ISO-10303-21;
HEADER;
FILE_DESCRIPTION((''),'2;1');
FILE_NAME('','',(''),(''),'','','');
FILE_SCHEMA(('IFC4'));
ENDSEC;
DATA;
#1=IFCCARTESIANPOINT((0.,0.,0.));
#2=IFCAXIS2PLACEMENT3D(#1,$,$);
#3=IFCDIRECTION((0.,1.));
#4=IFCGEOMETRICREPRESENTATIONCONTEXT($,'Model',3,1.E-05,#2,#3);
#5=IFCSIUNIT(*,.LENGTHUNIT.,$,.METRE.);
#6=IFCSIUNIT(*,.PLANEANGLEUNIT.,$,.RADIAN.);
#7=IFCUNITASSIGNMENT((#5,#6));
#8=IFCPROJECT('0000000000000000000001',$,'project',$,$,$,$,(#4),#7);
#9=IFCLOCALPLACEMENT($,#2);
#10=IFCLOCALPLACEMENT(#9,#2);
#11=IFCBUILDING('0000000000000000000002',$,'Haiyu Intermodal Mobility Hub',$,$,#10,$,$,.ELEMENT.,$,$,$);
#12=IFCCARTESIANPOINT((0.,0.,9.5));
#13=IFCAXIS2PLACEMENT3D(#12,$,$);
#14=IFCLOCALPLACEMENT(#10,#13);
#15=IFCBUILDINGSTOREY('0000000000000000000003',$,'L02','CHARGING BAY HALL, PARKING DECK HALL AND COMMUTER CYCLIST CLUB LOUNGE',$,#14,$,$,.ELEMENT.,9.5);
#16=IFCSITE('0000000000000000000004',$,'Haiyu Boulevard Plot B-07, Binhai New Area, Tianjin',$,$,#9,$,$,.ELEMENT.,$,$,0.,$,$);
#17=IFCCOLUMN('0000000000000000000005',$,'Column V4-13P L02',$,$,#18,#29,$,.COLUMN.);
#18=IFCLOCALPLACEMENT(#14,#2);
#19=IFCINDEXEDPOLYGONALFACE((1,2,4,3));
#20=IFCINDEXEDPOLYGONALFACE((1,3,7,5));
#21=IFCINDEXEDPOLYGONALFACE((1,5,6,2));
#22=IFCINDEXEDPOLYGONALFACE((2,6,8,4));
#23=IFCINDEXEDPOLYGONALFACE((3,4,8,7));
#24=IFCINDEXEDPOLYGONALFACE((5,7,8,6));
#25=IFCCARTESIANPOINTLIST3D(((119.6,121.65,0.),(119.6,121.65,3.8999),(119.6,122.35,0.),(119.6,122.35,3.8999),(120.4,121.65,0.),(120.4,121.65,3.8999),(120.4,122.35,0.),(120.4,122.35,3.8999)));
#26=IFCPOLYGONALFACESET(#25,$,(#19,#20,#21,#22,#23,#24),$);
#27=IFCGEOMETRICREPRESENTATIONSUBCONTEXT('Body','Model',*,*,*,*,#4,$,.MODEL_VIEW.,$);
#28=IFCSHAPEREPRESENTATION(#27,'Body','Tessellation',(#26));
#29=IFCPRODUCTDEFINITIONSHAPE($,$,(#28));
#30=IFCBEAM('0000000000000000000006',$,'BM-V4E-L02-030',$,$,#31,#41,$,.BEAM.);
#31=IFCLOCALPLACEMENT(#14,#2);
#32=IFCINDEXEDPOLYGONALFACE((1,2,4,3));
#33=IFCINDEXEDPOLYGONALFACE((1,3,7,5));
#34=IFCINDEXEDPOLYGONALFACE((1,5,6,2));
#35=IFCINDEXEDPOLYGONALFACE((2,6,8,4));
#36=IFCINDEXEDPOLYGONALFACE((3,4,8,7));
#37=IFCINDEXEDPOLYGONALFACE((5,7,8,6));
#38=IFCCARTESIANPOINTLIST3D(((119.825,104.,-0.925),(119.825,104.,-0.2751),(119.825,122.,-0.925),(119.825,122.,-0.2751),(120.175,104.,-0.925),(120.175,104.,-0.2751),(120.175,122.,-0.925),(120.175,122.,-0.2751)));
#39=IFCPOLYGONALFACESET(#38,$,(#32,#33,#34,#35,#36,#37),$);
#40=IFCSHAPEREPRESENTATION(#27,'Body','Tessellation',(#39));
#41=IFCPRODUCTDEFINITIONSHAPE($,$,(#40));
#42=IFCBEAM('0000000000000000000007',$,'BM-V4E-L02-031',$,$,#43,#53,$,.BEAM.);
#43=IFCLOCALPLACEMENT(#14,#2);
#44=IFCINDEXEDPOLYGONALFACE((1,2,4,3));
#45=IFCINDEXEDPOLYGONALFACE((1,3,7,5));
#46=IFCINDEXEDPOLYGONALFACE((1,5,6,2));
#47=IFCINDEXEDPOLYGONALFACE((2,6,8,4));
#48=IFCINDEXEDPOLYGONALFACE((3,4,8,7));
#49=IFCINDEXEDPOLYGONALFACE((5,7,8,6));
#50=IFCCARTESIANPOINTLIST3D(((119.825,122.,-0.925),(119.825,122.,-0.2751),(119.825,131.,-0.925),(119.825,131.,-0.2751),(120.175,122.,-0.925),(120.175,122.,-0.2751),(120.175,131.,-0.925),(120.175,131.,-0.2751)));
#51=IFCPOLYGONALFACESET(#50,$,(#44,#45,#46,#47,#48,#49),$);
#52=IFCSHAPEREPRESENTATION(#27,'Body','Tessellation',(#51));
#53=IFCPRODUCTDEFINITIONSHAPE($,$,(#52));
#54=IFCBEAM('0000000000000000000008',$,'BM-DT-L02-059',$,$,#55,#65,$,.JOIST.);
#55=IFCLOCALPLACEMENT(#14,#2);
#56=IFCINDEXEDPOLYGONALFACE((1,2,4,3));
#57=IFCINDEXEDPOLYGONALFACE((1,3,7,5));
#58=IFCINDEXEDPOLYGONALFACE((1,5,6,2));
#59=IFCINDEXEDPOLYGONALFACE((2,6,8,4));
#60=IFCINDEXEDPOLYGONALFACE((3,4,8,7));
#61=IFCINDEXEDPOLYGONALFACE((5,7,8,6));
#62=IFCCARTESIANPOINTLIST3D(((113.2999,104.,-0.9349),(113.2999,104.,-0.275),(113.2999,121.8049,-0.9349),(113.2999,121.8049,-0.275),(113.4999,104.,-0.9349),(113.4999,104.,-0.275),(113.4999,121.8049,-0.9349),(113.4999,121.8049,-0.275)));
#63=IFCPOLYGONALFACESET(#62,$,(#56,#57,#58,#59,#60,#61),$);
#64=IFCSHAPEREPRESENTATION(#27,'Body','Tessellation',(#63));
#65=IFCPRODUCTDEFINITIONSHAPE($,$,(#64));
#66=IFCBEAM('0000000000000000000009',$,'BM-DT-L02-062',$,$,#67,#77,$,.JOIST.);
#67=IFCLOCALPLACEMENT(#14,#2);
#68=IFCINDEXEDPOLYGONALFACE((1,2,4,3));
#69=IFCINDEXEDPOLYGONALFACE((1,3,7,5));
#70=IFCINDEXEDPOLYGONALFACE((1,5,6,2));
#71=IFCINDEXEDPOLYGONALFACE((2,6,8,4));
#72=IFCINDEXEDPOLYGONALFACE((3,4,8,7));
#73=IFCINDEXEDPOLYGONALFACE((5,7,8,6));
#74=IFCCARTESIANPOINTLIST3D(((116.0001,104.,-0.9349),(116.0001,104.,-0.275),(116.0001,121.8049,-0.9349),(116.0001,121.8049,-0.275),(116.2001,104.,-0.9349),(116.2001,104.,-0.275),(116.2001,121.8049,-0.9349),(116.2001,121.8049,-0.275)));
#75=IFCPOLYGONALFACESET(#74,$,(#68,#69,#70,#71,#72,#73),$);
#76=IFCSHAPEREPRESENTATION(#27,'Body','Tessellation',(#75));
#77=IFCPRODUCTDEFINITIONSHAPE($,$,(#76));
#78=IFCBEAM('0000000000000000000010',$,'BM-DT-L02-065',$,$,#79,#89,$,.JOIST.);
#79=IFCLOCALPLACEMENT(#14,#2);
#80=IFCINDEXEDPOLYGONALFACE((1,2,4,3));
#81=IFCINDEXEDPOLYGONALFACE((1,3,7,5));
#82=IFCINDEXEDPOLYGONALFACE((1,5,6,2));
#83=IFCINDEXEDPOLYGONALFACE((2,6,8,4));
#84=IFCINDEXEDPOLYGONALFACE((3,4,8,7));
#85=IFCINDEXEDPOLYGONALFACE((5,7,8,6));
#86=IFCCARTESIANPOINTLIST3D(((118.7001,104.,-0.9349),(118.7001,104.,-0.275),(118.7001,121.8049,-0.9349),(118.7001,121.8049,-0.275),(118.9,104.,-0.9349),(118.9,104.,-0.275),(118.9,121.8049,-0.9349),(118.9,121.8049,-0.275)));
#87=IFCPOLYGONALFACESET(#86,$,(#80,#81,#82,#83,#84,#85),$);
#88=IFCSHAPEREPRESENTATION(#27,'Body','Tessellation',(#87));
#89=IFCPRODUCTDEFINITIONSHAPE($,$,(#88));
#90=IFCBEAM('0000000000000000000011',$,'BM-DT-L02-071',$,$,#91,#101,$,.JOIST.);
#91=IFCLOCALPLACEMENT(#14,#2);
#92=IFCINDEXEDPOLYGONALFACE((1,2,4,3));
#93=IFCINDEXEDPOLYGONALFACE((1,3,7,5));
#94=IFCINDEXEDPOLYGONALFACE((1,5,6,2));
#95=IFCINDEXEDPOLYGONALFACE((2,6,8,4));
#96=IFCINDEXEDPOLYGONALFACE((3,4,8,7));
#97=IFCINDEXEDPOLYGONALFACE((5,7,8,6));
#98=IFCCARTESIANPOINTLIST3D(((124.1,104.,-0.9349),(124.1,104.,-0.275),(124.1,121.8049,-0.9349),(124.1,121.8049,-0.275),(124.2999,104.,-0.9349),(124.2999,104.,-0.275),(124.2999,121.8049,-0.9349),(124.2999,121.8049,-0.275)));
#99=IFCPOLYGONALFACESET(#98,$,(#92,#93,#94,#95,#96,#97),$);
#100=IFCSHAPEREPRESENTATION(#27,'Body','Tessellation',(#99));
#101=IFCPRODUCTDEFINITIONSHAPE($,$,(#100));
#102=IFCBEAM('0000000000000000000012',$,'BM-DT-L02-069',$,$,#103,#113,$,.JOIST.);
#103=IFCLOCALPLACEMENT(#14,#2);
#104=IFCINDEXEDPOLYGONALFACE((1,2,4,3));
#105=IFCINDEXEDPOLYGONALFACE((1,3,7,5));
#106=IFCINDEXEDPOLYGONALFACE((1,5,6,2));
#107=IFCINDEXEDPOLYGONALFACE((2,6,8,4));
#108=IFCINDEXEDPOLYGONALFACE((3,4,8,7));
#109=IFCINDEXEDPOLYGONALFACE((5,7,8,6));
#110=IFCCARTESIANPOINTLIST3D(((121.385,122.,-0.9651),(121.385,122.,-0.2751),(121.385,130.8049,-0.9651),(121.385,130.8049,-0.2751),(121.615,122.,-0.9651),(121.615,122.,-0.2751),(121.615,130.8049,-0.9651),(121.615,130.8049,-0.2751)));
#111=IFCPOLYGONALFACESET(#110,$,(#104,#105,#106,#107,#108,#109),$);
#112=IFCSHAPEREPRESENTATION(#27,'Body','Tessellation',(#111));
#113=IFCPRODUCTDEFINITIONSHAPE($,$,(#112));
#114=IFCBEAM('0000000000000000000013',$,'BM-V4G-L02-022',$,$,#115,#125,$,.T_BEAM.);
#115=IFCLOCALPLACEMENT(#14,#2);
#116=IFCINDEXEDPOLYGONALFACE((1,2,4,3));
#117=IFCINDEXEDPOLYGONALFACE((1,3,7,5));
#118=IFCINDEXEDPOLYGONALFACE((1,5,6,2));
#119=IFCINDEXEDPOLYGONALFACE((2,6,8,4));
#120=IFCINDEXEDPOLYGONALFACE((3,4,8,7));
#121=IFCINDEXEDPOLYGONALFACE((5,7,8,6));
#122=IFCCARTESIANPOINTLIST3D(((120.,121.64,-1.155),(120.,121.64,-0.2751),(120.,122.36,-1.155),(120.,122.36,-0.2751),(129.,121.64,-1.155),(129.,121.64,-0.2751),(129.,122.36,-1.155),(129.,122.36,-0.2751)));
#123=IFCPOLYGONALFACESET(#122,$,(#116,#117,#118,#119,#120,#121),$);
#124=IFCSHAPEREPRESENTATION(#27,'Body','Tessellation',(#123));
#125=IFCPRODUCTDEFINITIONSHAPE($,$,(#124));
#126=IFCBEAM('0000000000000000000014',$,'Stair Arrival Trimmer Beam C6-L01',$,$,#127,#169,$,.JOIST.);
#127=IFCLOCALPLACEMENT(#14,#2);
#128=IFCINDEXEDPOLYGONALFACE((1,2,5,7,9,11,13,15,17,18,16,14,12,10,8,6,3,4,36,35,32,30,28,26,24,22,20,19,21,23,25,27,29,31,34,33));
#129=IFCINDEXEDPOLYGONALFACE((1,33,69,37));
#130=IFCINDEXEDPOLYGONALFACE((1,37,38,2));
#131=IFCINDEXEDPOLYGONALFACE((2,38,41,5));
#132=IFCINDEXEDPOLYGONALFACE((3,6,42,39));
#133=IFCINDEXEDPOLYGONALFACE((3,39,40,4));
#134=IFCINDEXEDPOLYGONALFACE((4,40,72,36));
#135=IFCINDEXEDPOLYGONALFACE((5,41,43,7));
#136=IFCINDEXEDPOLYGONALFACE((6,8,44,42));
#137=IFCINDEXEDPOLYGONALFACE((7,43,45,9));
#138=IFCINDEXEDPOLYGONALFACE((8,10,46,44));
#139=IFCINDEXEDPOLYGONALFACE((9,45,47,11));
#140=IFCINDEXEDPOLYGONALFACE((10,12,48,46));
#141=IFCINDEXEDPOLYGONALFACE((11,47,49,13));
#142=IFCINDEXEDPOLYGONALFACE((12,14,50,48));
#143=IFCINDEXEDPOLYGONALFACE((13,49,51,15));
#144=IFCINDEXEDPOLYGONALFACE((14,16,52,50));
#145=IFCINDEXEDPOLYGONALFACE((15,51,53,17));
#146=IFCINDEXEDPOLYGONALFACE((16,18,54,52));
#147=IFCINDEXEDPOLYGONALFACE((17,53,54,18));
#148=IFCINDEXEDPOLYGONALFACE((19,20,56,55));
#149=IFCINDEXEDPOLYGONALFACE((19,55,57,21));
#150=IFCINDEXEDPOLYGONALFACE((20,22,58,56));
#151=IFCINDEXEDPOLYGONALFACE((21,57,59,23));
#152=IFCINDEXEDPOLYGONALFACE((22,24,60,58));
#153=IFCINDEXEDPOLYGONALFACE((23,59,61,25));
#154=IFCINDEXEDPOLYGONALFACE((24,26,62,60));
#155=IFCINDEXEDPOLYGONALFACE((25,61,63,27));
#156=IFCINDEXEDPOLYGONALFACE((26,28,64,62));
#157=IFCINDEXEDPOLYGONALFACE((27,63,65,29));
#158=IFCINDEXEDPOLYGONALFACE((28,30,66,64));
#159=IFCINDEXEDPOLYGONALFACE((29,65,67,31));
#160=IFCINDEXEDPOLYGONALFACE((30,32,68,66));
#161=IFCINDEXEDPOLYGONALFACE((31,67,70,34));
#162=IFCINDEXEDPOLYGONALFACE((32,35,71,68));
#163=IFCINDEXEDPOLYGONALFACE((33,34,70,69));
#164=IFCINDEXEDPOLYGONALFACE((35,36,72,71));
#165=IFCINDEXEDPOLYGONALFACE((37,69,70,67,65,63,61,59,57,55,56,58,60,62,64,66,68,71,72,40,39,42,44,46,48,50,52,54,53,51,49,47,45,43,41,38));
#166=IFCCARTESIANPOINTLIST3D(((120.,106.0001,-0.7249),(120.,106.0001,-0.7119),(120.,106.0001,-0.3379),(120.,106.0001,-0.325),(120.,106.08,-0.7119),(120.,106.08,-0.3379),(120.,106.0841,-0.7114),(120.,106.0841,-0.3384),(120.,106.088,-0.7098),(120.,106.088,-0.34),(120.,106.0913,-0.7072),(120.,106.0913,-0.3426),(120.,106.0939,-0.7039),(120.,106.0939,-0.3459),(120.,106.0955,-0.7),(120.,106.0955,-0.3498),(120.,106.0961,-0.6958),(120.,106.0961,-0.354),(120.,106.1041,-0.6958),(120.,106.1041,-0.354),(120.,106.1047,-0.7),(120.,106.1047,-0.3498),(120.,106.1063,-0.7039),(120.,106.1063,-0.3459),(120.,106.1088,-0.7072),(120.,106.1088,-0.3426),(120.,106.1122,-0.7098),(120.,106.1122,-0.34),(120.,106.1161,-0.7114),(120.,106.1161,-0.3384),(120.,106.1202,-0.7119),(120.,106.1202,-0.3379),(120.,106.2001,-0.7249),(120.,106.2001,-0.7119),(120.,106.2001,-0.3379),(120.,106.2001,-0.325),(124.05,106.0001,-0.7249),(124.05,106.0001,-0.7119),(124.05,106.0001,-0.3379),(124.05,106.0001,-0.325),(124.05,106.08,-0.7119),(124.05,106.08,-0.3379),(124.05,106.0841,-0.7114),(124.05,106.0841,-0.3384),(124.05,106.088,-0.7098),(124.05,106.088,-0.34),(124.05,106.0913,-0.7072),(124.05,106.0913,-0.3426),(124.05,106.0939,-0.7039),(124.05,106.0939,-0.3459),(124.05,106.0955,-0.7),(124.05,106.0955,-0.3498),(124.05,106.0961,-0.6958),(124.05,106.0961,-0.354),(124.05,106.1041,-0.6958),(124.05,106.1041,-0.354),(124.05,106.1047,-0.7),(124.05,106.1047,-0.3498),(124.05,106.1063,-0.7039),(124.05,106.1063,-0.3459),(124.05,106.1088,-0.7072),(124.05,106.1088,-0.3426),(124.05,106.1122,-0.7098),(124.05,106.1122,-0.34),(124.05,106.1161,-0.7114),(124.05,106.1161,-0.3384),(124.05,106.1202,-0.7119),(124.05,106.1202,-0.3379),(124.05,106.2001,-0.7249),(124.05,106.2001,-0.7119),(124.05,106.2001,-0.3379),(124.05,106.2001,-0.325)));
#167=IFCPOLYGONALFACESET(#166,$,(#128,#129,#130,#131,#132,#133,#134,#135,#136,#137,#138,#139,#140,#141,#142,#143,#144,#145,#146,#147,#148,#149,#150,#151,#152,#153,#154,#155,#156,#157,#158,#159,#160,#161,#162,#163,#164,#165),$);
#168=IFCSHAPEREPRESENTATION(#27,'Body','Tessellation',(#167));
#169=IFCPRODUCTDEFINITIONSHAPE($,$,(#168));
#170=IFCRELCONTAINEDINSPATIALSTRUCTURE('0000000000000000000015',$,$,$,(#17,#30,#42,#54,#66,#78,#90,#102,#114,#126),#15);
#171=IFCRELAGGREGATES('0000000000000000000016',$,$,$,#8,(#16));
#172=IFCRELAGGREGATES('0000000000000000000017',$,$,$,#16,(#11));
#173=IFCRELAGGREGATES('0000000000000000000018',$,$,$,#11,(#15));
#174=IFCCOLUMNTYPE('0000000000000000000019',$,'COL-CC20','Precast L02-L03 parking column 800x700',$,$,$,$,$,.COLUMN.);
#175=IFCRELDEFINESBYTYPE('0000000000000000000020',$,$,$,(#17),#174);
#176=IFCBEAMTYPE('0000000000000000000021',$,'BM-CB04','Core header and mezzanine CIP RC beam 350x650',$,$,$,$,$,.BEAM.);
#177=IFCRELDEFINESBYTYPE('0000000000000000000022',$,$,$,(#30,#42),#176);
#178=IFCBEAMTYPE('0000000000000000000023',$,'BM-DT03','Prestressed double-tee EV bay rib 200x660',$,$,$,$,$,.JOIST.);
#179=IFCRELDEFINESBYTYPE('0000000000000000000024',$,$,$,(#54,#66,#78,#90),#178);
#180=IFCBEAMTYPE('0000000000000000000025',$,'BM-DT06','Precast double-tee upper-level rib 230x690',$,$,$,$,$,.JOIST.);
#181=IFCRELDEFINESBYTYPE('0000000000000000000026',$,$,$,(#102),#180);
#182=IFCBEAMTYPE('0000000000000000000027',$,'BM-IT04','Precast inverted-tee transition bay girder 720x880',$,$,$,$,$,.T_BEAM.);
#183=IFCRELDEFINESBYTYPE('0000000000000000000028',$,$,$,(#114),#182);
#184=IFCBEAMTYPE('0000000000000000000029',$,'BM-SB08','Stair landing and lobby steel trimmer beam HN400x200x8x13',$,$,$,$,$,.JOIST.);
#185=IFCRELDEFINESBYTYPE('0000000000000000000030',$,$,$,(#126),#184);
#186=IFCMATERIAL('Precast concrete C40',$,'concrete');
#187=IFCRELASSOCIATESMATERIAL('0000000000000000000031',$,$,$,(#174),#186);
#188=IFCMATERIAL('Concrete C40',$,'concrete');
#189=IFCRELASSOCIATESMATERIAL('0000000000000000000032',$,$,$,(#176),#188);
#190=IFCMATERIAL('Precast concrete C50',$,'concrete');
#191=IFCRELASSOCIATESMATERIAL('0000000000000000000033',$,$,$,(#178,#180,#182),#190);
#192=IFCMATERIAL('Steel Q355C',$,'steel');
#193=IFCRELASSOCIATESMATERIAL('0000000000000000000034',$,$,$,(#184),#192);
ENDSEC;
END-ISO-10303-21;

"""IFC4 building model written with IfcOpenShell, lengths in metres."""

from ifc_helpers import new_model, si_unit, direction, frame, origin, origin_2d, place, context, subcontext, project, spatial, rectangle, i_section, extrude, material, material_profile, profile_set, type_object, element, save


model = new_model("IFC4")

# Units and contexts
model_context = context("Model", 3, precision=1e-05, world=origin(), true_north=direction((0.0, 1.0)))
body_context = subcontext(model_context, "Body", "Model", "MODEL_VIEW")
ifc_project = project(units=[si_unit("LENGTHUNIT", "METRE"), si_unit("PLANEANGLEUNIT", "RADIAN")], contexts=[model_context])

# Site, building, storey
site_placement = place(None, origin())
site = spatial("IfcSite", under=ifc_project, at=site_placement, Name="Haiyu Boulevard Plot B-07, Binhai New Area, Tianjin", CompositionType="ELEMENT", RefElevation=0.0)
building_placement = place(site_placement, origin())
building = spatial("IfcBuilding", under=site, at=building_placement, Name="Haiyu Intermodal Mobility Hub", CompositionType="ELEMENT")
storey_placement = place(building_placement, frame((0.0, 0.0, 9.5)))
storey = spatial("IfcBuildingStorey", under=building, at=storey_placement, Name="L02", Description="CHARGING BAY HALL, PARKING DECK HALL AND COMMUTER CYCLIST CLUB LOUNGE", CompositionType="ELEMENT", Elevation=9.5)

# Column
ifc_material_1 = material(Name="Precast concrete C40", Category="concrete")
ifc_material_profile_1 = material_profile(ifc_material_1, rectangle(XDim=0.8, YDim=0.7, at=origin_2d()), Name="C800x700")
ifc_profile_set_1 = profile_set([ifc_material_profile_1], Name="Precast concrete C40")
column_type = type_object("IfcColumnType", Name="COL-CC20", Description="Precast L02-L03 parking column 800x700", PredefinedType="COLUMN", material=ifc_profile_set_1)
column_placement = place(storey_placement, frame((120.0, 122.0, 0.0), z_axis=(0.0, 0.0, 1.0), x_axis=(1.0, 0.0, 0.0)))
element("IfcColumn", 1, at=column_placement, inside=storey, type_object=column_type, Name="Column V4-13P L02", PredefinedType="COLUMN", context=body_context, shape_type="SweptSolid", body=[
    extrude(rectangle(XDim=0.8, YDim=0.7, at=origin_2d()), origin(), (0.0, 0.0, 1.0), 3.8999),
])

# Beams
ifc_material_2 = material(Name="Concrete C40", Category="concrete")
ifc_material_profile_2 = material_profile(ifc_material_2, rectangle(XDim=0.3501, YDim=0.6499, at=origin_2d()), Name="RCB350x650")
ifc_profile_set_2 = profile_set([ifc_material_profile_2], Name="Concrete C40")
beam_type_1 = type_object("IfcBeamType", Name="BM-CB04", Description="Core header and mezzanine CIP RC beam 350x650", PredefinedType="BEAM", material=ifc_profile_set_2)
beam_1_placement = place(storey_placement, frame((120.0, 104.0, -0.6001), z_axis=(0.0, 1.0, 0.0), x_axis=(-1.0, 0.0, 0.0)))
element("IfcBeam", 2, at=beam_1_placement, inside=storey, type_object=beam_type_1, Name="BM-V4E-L02-030", PredefinedType="BEAM", context=body_context, shape_type="SweptSolid", body=[
    extrude(rectangle(XDim=0.3501, YDim=0.6499, at=origin_2d()), origin(), (0.0, 0.0, 1.0), 18.0),
])
beam_2_placement = place(storey_placement, frame((120.0, 122.0, -0.6001), z_axis=(0.0, 1.0, 0.0), x_axis=(-1.0, 0.0, 0.0)))
element("IfcBeam", 3, at=beam_2_placement, inside=storey, type_object=beam_type_1, Name="BM-V4E-L02-031", PredefinedType="BEAM", context=body_context, shape_type="SweptSolid", body=[
    extrude(rectangle(XDim=0.3501, YDim=0.6499, at=origin_2d()), origin(), (0.0, 0.0, 1.0), 9.0),
])
ifc_material_3 = material(Name="Precast concrete C50", Category="concrete")
ifc_material_profile_3 = material_profile(ifc_material_3, rectangle(XDim=0.2, YDim=0.6599, at=origin_2d()), Name="PC200x660")
ifc_profile_set_3 = profile_set([ifc_material_profile_3], Name="Precast concrete C50")
beam_type_2 = type_object("IfcBeamType", Name="BM-DT03", Description="Prestressed double-tee EV bay rib 200x660", PredefinedType="JOIST", material=ifc_profile_set_3)
for number, where, z_axis, x_axis, name in (
    (4, (113.3999, 104.0, -0.605), (0.0, 1.0, 0.0), (-1.0, 0.0, 0.0), "BM-DT-L02-059"),
    (5, (116.1001, 104.0, -0.605), (0.0, 1.0, 0.0), (-1.0, 0.0, 0.0), "BM-DT-L02-062"),
    (6, (118.8, 104.0, -0.605), (0.0, 1.0, 0.0), (-1.0, 0.0, 0.0), "BM-DT-L02-065"),
    (7, (124.2, 104.0, -0.605), (0.0, 1.0, 0.0), (-1.0, 0.0, 0.0), "BM-DT-L02-071"),
):
    element("IfcBeam", number, at=place(storey_placement, frame(where, z_axis=z_axis, x_axis=x_axis)), inside=storey, type_object=beam_type_2, Name=name, PredefinedType="JOIST", context=body_context, shape_type="SweptSolid", body=[
        extrude(rectangle(XDim=0.2, YDim=0.6599, at=origin_2d()), origin(), (0.0, 0.0, 1.0), 17.8049),
    ])
ifc_material_profile_4 = material_profile(ifc_material_3, rectangle(XDim=0.23, YDim=0.6899, at=origin_2d()), Name="B230x690")
ifc_profile_set_4 = profile_set([ifc_material_profile_4], Name="Precast concrete C50")
beam_type_3 = type_object("IfcBeamType", Name="BM-DT06", Description="Precast double-tee upper-level rib 230x690", PredefinedType="JOIST", material=ifc_profile_set_4)
beam_3_placement = place(storey_placement, frame((121.5, 122.0, -0.6201), z_axis=(0.0, 1.0, 0.0), x_axis=(-1.0, 0.0, 0.0)))
element("IfcBeam", 8, at=beam_3_placement, inside=storey, type_object=beam_type_3, Name="BM-DT-L02-069", PredefinedType="JOIST", context=body_context, shape_type="SweptSolid", body=[
    extrude(rectangle(XDim=0.23, YDim=0.6899, at=origin_2d()), origin(), (0.0, 0.0, 1.0), 8.8049),
])
ifc_material_profile_5 = material_profile(ifc_material_3, rectangle(XDim=0.72, YDim=0.8799, at=origin_2d()), Name="B720x880")
ifc_profile_set_5 = profile_set([ifc_material_profile_5], Name="Precast concrete C50")
beam_type_4 = type_object("IfcBeamType", Name="BM-IT04", Description="Precast inverted-tee transition bay girder 720x880", PredefinedType="T_BEAM", material=ifc_profile_set_5)
beam_4_placement = place(storey_placement, frame((120.0, 122.0, -0.7151), z_axis=(1.0, 0.0, 0.0), x_axis=(0.0, 1.0, 0.0)))
element("IfcBeam", 9, at=beam_4_placement, inside=storey, type_object=beam_type_4, Name="BM-V4G-L02-022", PredefinedType="T_BEAM", context=body_context, shape_type="SweptSolid", body=[
    extrude(rectangle(XDim=0.72, YDim=0.8799, at=origin_2d()), origin(), (0.0, 0.0, 1.0), 9.0),
])
ifc_material_4 = material(Name="Steel Q355C", Category="steel")
ifc_material_profile_6 = material_profile(ifc_material_4, i_section(OverallWidth=0.2, OverallDepth=0.3999, WebThickness=0.0081, FlangeThickness=0.0129, FilletRadius=0.0161, at=origin_2d()), Name="HN400x200x8x13")
ifc_profile_set_6 = profile_set([ifc_material_profile_6], Name="Steel Q355C")
beam_type_5 = type_object("IfcBeamType", Name="BM-SB08", Description="Stair landing and lobby steel trimmer beam HN400x200x8x13", PredefinedType="JOIST", material=ifc_profile_set_6)
for number, where, z_axis, x_axis, name in (
    (10, (120.0, 106.1001, -0.5249), (1.0, 0.0, 0.0), (0.0, 1.0, 0.0), "Stair Arrival Trimmer Beam C6-L01"),
):
    element("IfcBeam", number, at=place(storey_placement, frame(where, z_axis=z_axis, x_axis=x_axis)), inside=storey, type_object=beam_type_5, Name=name, PredefinedType="JOIST", context=body_context, shape_type="SweptSolid", body=[
        extrude(i_section(OverallWidth=0.2, OverallDepth=0.3999, WebThickness=0.0081, FlangeThickness=0.0129, FilletRadius=0.0161, at=origin_2d()), origin(), (0.0, 0.0, 1.0), 4.05),
    ])

save(model, "model.ifc")
